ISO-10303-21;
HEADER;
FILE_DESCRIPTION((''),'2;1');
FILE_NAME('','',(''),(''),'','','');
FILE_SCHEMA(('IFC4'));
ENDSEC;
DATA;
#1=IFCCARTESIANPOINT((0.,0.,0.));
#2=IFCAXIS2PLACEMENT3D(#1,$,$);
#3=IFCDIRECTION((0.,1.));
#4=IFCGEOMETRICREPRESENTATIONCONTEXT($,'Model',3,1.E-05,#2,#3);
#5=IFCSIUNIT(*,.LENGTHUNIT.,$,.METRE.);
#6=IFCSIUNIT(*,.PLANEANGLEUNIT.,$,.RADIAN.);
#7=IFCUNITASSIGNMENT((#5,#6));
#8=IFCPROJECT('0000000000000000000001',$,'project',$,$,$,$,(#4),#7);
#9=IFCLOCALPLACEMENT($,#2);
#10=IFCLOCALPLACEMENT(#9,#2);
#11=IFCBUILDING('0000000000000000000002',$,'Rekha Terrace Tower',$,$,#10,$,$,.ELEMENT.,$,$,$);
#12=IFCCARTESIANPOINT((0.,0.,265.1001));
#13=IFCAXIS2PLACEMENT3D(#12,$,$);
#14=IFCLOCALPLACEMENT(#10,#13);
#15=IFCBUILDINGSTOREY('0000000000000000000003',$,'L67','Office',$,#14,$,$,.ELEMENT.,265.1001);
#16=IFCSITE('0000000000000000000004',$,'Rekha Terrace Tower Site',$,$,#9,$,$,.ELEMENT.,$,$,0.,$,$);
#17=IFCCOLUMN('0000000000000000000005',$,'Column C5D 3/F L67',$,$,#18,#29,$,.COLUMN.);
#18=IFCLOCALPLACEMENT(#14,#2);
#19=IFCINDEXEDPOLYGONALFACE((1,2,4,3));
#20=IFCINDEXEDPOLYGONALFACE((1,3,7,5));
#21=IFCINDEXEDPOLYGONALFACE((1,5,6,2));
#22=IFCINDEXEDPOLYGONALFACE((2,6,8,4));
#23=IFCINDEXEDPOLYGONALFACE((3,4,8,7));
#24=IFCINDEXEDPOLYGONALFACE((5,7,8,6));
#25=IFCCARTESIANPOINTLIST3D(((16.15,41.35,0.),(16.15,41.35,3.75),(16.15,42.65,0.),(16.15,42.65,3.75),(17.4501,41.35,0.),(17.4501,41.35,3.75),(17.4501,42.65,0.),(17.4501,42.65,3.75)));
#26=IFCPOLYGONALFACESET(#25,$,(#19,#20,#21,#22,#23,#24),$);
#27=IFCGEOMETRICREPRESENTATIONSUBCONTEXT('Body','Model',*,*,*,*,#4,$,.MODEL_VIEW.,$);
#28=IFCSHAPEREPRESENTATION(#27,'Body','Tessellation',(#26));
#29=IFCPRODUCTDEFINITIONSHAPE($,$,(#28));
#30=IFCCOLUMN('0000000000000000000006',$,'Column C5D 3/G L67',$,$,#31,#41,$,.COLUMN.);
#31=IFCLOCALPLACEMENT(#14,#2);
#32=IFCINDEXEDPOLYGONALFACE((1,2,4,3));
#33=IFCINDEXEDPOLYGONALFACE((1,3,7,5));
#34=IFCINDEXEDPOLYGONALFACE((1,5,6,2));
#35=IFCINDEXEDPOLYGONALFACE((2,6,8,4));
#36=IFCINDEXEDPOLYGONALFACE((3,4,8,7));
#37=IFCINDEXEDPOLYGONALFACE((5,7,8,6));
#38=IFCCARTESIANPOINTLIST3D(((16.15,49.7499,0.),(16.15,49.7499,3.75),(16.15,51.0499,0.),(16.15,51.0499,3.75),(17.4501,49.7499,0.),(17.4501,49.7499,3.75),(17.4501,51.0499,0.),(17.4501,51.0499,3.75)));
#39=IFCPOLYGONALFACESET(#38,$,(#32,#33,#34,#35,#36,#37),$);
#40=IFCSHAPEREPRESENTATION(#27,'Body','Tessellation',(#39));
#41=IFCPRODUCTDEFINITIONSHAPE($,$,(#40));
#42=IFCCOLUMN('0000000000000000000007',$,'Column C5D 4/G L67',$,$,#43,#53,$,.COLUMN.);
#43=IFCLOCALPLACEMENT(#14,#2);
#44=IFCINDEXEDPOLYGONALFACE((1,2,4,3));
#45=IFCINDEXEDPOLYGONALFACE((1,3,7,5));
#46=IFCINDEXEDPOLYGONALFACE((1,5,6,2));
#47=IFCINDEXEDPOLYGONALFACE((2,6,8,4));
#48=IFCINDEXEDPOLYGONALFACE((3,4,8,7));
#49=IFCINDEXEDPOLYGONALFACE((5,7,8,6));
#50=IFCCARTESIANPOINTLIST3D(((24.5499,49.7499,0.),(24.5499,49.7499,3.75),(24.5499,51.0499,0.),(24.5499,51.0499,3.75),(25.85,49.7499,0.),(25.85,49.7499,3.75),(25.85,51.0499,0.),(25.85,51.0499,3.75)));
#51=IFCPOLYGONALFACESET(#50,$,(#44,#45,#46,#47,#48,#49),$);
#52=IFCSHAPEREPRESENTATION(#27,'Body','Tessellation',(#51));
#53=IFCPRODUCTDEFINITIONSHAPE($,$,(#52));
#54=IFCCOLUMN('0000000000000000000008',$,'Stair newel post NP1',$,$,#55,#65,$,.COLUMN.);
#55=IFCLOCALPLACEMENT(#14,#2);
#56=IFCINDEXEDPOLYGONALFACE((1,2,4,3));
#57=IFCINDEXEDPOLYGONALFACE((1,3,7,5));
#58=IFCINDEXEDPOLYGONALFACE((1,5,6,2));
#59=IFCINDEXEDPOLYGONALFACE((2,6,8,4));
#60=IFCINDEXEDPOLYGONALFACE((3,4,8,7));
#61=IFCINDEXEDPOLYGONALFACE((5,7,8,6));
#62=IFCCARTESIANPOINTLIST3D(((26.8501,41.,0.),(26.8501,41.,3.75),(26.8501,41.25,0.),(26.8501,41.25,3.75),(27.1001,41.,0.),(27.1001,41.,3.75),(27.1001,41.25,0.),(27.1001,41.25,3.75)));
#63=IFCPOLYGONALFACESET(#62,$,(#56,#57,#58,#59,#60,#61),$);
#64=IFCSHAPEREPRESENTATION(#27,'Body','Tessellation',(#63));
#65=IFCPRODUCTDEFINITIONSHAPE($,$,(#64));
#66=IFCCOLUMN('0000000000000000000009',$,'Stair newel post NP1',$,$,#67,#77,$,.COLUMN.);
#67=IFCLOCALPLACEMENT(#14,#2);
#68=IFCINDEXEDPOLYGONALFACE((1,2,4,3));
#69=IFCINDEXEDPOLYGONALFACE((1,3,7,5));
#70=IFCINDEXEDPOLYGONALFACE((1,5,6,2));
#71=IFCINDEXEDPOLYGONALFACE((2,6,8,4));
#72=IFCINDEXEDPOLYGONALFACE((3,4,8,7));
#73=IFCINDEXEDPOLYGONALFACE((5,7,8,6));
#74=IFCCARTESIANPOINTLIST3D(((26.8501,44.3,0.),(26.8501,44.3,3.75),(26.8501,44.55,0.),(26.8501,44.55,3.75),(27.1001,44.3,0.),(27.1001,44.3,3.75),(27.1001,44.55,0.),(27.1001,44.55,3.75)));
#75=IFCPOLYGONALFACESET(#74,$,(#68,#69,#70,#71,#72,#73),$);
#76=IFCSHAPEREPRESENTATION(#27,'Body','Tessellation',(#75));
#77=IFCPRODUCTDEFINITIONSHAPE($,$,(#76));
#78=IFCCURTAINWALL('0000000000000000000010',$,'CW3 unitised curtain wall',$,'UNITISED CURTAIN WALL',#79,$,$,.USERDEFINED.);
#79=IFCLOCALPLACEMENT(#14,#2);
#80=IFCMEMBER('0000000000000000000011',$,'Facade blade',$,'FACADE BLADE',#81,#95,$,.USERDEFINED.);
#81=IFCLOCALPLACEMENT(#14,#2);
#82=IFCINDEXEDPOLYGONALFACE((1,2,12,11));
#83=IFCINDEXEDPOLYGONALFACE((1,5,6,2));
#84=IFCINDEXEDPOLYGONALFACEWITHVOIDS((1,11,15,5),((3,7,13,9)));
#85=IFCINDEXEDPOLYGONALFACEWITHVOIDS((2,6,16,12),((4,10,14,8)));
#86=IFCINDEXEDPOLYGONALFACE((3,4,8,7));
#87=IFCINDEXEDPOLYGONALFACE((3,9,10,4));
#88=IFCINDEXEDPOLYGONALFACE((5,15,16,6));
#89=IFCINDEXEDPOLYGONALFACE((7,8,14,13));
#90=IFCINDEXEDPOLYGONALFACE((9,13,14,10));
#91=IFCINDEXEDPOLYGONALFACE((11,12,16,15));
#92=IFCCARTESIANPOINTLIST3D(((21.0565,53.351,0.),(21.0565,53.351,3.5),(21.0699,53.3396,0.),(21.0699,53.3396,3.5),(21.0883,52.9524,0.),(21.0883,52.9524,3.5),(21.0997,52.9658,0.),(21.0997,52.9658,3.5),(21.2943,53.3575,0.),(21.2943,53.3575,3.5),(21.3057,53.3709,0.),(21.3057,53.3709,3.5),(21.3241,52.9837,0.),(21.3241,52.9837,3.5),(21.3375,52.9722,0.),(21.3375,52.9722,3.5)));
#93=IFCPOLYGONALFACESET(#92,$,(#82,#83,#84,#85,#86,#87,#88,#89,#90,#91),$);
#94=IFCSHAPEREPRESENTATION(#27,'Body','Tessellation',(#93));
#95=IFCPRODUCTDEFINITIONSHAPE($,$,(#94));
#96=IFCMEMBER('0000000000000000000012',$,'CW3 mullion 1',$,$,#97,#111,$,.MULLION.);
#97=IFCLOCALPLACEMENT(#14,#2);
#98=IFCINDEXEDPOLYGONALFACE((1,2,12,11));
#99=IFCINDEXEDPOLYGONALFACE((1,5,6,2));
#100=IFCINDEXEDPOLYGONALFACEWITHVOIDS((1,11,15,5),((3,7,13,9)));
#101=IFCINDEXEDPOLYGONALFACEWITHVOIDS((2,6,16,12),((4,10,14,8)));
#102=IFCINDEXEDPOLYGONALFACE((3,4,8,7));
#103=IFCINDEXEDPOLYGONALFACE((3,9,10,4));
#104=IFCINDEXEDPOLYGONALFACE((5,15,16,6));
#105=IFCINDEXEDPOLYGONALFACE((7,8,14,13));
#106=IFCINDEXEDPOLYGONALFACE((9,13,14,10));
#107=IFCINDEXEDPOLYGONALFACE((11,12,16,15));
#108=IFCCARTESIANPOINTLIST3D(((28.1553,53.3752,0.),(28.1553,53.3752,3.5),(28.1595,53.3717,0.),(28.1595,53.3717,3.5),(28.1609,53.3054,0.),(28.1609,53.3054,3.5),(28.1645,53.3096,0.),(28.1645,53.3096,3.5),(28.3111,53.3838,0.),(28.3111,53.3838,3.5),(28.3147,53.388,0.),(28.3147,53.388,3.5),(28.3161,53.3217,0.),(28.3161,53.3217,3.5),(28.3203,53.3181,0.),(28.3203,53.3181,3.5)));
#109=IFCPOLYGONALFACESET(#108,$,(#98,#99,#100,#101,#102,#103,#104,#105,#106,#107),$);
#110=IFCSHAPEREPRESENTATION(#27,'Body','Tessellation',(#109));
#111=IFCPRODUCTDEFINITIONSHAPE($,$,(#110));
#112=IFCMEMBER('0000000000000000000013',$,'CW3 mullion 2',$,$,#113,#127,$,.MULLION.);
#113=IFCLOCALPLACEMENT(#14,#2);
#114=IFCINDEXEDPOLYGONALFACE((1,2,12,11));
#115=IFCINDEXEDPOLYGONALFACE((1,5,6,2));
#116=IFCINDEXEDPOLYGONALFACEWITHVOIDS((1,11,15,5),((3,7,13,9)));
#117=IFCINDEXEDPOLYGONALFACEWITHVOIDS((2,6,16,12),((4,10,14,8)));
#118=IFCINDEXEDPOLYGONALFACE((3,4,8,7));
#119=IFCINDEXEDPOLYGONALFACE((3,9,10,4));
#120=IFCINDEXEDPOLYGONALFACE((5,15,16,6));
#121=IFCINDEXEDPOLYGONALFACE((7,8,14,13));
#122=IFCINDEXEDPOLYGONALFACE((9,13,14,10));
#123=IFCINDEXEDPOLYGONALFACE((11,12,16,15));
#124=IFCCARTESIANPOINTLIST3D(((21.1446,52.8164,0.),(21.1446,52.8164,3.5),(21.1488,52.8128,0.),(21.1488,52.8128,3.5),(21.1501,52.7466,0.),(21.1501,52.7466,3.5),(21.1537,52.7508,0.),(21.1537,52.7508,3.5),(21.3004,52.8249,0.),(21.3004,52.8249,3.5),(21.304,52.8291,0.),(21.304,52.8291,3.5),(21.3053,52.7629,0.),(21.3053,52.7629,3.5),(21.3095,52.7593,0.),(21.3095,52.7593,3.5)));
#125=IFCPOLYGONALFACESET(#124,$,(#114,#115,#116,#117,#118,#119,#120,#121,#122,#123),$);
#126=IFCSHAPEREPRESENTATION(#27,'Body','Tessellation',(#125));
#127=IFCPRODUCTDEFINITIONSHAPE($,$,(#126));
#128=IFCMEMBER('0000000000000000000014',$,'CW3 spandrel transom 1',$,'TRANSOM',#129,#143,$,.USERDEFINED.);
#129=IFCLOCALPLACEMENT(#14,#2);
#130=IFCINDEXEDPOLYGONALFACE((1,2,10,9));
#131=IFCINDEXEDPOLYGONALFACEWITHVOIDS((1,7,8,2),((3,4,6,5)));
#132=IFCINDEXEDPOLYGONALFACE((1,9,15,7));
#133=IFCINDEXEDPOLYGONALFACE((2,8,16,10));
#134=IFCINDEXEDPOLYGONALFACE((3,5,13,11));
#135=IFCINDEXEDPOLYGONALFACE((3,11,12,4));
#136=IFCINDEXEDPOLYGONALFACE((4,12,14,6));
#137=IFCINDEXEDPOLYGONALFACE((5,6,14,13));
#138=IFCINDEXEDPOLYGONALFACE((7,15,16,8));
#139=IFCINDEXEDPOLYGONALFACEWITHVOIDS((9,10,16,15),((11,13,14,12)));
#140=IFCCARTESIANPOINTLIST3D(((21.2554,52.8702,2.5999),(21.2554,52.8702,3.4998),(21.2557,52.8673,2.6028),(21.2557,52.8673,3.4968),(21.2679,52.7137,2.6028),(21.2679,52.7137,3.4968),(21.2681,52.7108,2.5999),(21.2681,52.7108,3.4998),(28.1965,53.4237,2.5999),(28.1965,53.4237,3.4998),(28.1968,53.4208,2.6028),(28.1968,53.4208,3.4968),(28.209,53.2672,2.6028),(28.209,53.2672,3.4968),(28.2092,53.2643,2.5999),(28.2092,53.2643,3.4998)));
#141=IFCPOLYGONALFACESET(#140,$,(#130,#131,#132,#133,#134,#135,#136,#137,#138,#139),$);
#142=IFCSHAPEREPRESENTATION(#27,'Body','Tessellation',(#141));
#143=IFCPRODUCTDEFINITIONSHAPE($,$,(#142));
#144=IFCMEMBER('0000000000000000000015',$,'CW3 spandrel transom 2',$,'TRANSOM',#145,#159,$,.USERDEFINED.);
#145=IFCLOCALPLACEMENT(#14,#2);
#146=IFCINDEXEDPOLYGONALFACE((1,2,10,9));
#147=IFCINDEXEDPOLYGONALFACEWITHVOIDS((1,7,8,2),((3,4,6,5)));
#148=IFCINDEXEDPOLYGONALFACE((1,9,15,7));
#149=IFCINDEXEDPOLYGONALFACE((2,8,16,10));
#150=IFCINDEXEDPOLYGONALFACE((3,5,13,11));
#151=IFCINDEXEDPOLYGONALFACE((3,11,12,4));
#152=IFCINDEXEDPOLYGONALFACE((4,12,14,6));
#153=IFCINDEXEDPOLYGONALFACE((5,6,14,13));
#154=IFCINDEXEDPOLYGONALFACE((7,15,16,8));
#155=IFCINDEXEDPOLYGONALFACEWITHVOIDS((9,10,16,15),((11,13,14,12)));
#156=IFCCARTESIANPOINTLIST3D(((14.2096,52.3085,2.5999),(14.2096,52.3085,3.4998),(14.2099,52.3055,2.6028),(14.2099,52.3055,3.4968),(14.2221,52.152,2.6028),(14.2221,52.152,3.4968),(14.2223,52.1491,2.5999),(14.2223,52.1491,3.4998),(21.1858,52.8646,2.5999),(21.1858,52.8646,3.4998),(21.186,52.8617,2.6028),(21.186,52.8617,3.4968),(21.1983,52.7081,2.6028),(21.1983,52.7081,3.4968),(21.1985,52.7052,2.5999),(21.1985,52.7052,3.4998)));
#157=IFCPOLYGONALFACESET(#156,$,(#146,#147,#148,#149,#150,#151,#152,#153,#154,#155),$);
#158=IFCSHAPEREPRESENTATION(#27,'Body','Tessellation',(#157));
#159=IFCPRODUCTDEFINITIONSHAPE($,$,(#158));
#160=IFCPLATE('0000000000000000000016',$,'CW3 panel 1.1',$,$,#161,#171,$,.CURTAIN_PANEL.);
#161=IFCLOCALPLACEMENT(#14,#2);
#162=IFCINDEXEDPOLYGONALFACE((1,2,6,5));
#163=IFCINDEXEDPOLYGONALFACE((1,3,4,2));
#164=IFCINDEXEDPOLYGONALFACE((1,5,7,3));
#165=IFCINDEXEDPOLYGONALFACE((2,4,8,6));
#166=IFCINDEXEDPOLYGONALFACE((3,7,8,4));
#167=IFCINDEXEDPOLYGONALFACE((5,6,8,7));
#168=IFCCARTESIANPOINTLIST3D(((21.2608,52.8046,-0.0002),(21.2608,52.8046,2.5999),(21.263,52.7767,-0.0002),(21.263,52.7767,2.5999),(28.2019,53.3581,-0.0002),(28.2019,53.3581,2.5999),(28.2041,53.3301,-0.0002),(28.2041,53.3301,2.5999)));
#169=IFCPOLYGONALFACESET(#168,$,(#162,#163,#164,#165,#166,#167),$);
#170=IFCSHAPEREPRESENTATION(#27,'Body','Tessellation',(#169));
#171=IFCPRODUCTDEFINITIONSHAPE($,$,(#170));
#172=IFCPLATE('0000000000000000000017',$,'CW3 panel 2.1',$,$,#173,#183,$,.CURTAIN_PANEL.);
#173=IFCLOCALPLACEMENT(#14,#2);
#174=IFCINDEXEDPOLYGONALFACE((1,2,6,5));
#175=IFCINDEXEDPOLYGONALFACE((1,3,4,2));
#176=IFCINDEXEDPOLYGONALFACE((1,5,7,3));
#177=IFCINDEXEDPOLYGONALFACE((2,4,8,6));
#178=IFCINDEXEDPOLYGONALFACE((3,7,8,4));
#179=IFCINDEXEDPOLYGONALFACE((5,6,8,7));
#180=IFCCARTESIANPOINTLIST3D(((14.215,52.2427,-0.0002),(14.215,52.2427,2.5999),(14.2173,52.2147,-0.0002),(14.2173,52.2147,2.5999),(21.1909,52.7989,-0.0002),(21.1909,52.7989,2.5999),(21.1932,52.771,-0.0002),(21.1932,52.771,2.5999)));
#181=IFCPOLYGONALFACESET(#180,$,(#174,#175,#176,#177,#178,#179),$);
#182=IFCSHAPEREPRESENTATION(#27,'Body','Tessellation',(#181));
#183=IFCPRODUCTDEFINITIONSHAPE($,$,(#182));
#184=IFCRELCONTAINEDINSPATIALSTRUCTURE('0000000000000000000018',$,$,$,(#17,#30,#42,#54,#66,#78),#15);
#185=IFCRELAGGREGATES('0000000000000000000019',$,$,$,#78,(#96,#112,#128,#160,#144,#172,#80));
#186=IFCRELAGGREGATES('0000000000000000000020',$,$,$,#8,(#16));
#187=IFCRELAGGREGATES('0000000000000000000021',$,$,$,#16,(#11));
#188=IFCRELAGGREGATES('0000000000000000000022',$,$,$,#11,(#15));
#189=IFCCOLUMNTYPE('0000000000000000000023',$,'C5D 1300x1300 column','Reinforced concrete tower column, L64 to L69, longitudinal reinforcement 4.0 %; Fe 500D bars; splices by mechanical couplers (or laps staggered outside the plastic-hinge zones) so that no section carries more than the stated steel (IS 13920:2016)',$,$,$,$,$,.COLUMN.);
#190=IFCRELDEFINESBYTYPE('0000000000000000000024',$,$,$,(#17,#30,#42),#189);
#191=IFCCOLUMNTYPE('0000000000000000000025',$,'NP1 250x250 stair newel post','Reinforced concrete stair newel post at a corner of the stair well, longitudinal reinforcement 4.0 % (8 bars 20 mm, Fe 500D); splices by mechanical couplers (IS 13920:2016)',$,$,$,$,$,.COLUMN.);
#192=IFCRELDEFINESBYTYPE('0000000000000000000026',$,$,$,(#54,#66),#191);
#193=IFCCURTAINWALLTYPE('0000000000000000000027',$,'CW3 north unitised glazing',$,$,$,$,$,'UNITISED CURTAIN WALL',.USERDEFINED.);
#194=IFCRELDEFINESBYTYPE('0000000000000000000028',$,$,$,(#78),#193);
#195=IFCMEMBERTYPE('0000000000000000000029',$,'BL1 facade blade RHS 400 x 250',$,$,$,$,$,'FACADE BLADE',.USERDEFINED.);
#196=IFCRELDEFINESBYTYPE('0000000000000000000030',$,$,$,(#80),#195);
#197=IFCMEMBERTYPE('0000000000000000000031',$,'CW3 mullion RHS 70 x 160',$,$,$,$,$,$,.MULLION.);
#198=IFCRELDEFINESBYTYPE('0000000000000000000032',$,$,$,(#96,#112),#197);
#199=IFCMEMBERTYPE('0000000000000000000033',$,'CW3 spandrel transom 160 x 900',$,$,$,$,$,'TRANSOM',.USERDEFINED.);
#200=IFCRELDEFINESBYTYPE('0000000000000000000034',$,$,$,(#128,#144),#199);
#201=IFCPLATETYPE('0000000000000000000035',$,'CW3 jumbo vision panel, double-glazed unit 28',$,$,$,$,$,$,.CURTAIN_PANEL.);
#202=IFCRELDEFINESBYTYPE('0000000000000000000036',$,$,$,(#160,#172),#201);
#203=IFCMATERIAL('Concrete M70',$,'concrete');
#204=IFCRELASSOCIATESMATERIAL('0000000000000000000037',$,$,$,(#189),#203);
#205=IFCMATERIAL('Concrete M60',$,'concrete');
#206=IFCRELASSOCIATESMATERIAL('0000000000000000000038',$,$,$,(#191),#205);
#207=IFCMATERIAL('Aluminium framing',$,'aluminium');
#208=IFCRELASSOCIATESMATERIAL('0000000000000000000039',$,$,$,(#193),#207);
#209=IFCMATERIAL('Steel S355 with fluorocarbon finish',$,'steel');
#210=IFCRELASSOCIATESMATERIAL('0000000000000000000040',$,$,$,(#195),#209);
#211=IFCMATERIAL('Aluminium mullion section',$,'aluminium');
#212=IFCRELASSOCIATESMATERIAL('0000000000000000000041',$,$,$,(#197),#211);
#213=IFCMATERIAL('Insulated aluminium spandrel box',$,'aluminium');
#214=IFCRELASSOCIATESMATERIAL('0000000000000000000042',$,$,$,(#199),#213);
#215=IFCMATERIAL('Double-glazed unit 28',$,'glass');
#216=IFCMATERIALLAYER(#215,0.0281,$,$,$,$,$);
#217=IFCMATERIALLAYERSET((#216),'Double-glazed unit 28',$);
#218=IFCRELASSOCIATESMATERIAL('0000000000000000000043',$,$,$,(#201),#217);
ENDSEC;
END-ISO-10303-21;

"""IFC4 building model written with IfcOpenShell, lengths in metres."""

from ifc_helpers import new_model, si_unit, direction, frame, origin, origin_2d, place, context, subcontext, project, spatial, rectangle, hollow_rectangle, extrude, material, layer, layer_set, material_profile, profile_set, type_object, element, aggregate, save


model = new_model("IFC4")

# Units and contexts
model_context = context("Model", 3, precision=1e-05, world=origin(), true_north=direction((0.0, 1.0)))
body_context = subcontext(model_context, "Body", "Model", "MODEL_VIEW")
ifc_project = project(units=[si_unit("LENGTHUNIT", "METRE"), si_unit("PLANEANGLEUNIT", "RADIAN")], contexts=[model_context])

# Site, building, storey
site_placement = place(None, origin())
site = spatial("IfcSite", under=ifc_project, at=site_placement, Name="Rekha Terrace Tower Site", CompositionType="ELEMENT", RefElevation=0.0)
building_placement = place(site_placement, origin())
building = spatial("IfcBuilding", under=site, at=building_placement, Name="Rekha Terrace Tower", CompositionType="ELEMENT")
storey_placement = place(building_placement, frame((0.0, 0.0, 265.1001)))
storey = spatial("IfcBuildingStorey", under=building, at=storey_placement, Name="L67", Description="Office", CompositionType="ELEMENT", Elevation=265.1001)

# Columns
ifc_material_1 = material(Name="Concrete M70", Category="concrete")
ifc_material_profile_1 = material_profile(ifc_material_1, rectangle(XDim=1.3, YDim=1.3, at=origin_2d()), Name="RC 1300x1300")
ifc_profile_set_1 = profile_set([ifc_material_profile_1], Name="Concrete M70")
column_type_1 = type_object("IfcColumnType", Name="C5D 1300x1300 column", Description="Reinforced concrete tower column, L64 to L69, longitudinal reinforcement 4.0 %; Fe 500D bars; splices by mechanical couplers (or laps staggered outside the plastic-hinge zones) so that no section carries more than the stated steel (IS 13920:2016)", PredefinedType="COLUMN", material=ifc_profile_set_1)
for number, where, z_axis, x_axis, name in (
    (1, (16.8, 42.0, 0.0), (0.0, 0.0, 1.0), (1.0, 0.0, 0.0), "Column C5D 3/F L67"),
    (2, (16.8, 50.3999, 0.0), (0.0, 0.0, 1.0), (1.0, 0.0, 0.0), "Column C5D 3/G L67"),
    (3, (25.2, 50.3999, 0.0), (0.0, 0.0, 1.0), (1.0, 0.0, 0.0), "Column C5D 4/G L67"),
):
    element("IfcColumn", number, at=place(storey_placement, frame(where, z_axis=z_axis, x_axis=x_axis)), inside=storey, type_object=column_type_1, Name=name, PredefinedType="COLUMN", context=body_context, shape_type="SweptSolid", body=[
        extrude(rectangle(XDim=1.3, YDim=1.3, at=origin_2d()), origin(), (0.0, 0.0, 1.0), 3.75),
    ])
ifc_material_2 = material(Name="Concrete M60", Category="concrete")
ifc_material_profile_2 = material_profile(ifc_material_2, rectangle(XDim=0.25, YDim=0.25, at=origin_2d()), Name="RC 250x250")
ifc_profile_set_2 = profile_set([ifc_material_profile_2], Name="Concrete M60")
column_type_2 = type_object("IfcColumnType", Name="NP1 250x250 stair newel post", Description="Reinforced concrete stair newel post at a corner of the stair well, longitudinal reinforcement 4.0 % (8 bars 20 mm, Fe 500D); splices by mechanical couplers (IS 13920:2016)", PredefinedType="COLUMN", material=ifc_profile_set_2)
for number, where, z_axis, x_axis, name in (
    (4, (26.9751, 41.125, 0.0), (0.0, 0.0, 1.0), (1.0, 0.0, 0.0), "Stair newel post NP1"),
    (5, (26.9751, 44.425, 0.0), (0.0, 0.0, 1.0), (1.0, 0.0, 0.0), "Stair newel post NP1"),
):
    element("IfcColumn", number, at=place(storey_placement, frame(where, z_axis=z_axis, x_axis=x_axis)), inside=storey, type_object=column_type_2, Name=name, PredefinedType="COLUMN", context=body_context, shape_type="SweptSolid", body=[
        extrude(rectangle(XDim=0.25, YDim=0.25, at=origin_2d()), origin(), (0.0, 0.0, 1.0), 3.75),
    ])

# Curtain wall, members, plates
ifc_material_3 = material(Name="Aluminium framing", Category="aluminium")
curtain_wall_type = type_object("IfcCurtainWallType", Name="CW3 north unitised glazing", ElementType="UNITISED CURTAIN WALL", PredefinedType="USERDEFINED", material=ifc_material_3)
curtain_wall_placement = place(storey_placement, origin())
curtain_wall = element("IfcCurtainWall", 6, at=curtain_wall_placement, inside=storey, type_object=curtain_wall_type, Name="CW3 unitised curtain wall", ObjectType="UNITISED CURTAIN WALL", PredefinedType="USERDEFINED")
ifc_material_4 = material(Name="Steel S355 with fluorocarbon finish", Category="steel")
ifc_material_profile_3 = material_profile(ifc_material_4, hollow_rectangle(XDim=0.25, YDim=0.3999, WallThickness=0.0125, at=origin_2d()), Name="RHS400x250x12.5")
ifc_profile_set_3 = profile_set([ifc_material_profile_3], Name="Steel S355 with fluorocarbon finish")
member_type_1 = type_object("IfcMemberType", Name="BL1 facade blade RHS 400 x 250", ElementType="FACADE BLADE", PredefinedType="USERDEFINED", material=ifc_profile_set_3)
member_1_placement = place(storey_placement, frame((21.197, 53.1616, 0.0), z_axis=(0.0, 0.0, 1.0), x_axis=(-0.996836, -0.079486, 0.0)))
member_1 = element("IfcMember", 7, at=member_1_placement, type_object=member_type_1, Name="Facade blade", ObjectType="FACADE BLADE", PredefinedType="USERDEFINED", context=body_context, shape_type="SweptSolid", body=[
    extrude(hollow_rectangle(XDim=0.25, YDim=0.3999, WallThickness=0.0125, at=origin_2d()), origin(), (0.0, 0.0, 1.0), 3.5),
])
ifc_material_5 = material(Name="Aluminium mullion section", Category="aluminium")
ifc_material_profile_4 = material_profile(ifc_material_5, hollow_rectangle(XDim=0.0701, YDim=0.1599, WallThickness=0.0039, at=origin_2d()), Name="AL RHS 70x160")
ifc_profile_set_4 = profile_set([ifc_material_profile_4], Name="Aluminium mullion section")
member_type_2 = type_object("IfcMemberType", Name="CW3 mullion RHS 70 x 160", PredefinedType="MULLION", material=ifc_profile_set_4)
member_2_placement = place(storey_placement, frame((28.2378, 53.3467, 0.0), z_axis=(0.0, 0.0, 1.0), x_axis=(0.079485, -0.996836, 0.0)))
member_2 = element("IfcMember", 8, at=member_2_placement, type_object=member_type_2, Name="CW3 mullion 1", PredefinedType="MULLION", context=body_context, shape_type="SweptSolid", body=[
    extrude(hollow_rectangle(XDim=0.0701, YDim=0.1599, WallThickness=0.0039, at=origin_2d()), origin(), (0.0, 0.0, 1.0), 3.5),
])
member_3_placement = place(storey_placement, frame((21.2271, 52.7878, 0.0), z_axis=(0.0, 0.0, 1.0), x_axis=(0.079485, -0.996836, 0.0)))
member_3 = element("IfcMember", 9, at=member_3_placement, type_object=member_type_2, Name="CW3 mullion 2", PredefinedType="MULLION", context=body_context, shape_type="SweptSolid", body=[
    extrude(hollow_rectangle(XDim=0.0701, YDim=0.1599, WallThickness=0.0039, at=origin_2d()), origin(), (0.0, 0.0, 1.0), 3.5),
])
ifc_material_6 = material(Name="Insulated aluminium spandrel box", Category="aluminium")
ifc_material_profile_5 = material_profile(ifc_material_6, hollow_rectangle(XDim=0.1599, YDim=0.8999, WallThickness=0.0029, at=origin_2d()), Name="AL SPANDREL BOX 160x900")
ifc_profile_set_5 = profile_set([ifc_material_profile_5], Name="Insulated aluminium spandrel box")
member_type_3 = type_object("IfcMemberType", Name="CW3 spandrel transom 160 x 900", ElementType="TRANSOM", PredefinedType="USERDEFINED", material=ifc_profile_set_5)
member_4_placement = place(storey_placement, frame((28.2029, 53.344, 3.0498), z_axis=(-0.996836, -0.079485, 0.0), x_axis=(0.079485, -0.996836, 0.0)))
member_4 = element("IfcMember", 10, at=member_4_placement, type_object=member_type_3, Name="CW3 spandrel transom 1", ObjectType="TRANSOM", PredefinedType="USERDEFINED", context=body_context, shape_type="SweptSolid", body=[
    extrude(hollow_rectangle(XDim=0.1599, YDim=0.8999, WallThickness=0.0029, at=origin_2d()), origin(), (0.0, 0.0, 1.0), 6.9631),
])
member_5_placement = place(storey_placement, frame((21.1921, 52.7849, 3.0498), z_axis=(-0.996837, -0.079471, 0.0), x_axis=(0.079471, -0.996837, 0.0)))
member_5 = element("IfcMember", 11, at=member_5_placement, type_object=member_type_3, Name="CW3 spandrel transom 2", ObjectType="TRANSOM", PredefinedType="USERDEFINED", context=body_context, shape_type="SweptSolid", body=[
    extrude(hollow_rectangle(XDim=0.1599, YDim=0.8999, WallThickness=0.0029, at=origin_2d()), origin(), (0.0, 0.0, 1.0), 6.9983),
])
ifc_material_7 = material(Name="Double-glazed unit 28", Category="glass")
ifc_layer_1 = layer(ifc_material_7, 0.0281)
ifc_layer_set_1 = layer_set([ifc_layer_1], Name="Double-glazed unit 28")
plate_type = type_object("IfcPlateType", Name="CW3 jumbo vision panel, double-glazed unit 28", PredefinedType="CURTAIN_PANEL", material=ifc_layer_set_1)
plate_1_placement = place(storey_placement, frame((24.7324, 53.0674, -0.0002), z_axis=(0.0, 0.0, 1.0), x_axis=(-0.996836, -0.079485, 0.0)))
plate_1 = element("IfcPlate", 12, at=plate_1_placement, type_object=plate_type, Name="CW3 panel 1.1", PredefinedType="CURTAIN_PANEL", context=body_context, shape_type="SweptSolid", body=[
    extrude(rectangle(XDim=6.9631, YDim=0.0281, at=origin_2d()), origin(), (0.0, 0.0, 1.0), 2.6001),
])
plate_2_placement = place(storey_placement, frame((17.7041, 52.5068, -0.0002), z_axis=(0.0, 0.0, 1.0), x_axis=(-0.996836, -0.079485, 0.0)))
plate_2 = element("IfcPlate", 13, at=plate_2_placement, type_object=plate_type, Name="CW3 panel 2.1", PredefinedType="CURTAIN_PANEL", context=body_context, shape_type="SweptSolid", body=[
    extrude(rectangle(XDim=6.998, YDim=0.0281, at=origin_2d()), origin(), (0.0, 0.0, 1.0), 2.6001),
])
aggregate(curtain_wall, [member_2, member_3, member_4, plate_1, member_5, plate_2, member_1])

save(model, "model.ifc")
